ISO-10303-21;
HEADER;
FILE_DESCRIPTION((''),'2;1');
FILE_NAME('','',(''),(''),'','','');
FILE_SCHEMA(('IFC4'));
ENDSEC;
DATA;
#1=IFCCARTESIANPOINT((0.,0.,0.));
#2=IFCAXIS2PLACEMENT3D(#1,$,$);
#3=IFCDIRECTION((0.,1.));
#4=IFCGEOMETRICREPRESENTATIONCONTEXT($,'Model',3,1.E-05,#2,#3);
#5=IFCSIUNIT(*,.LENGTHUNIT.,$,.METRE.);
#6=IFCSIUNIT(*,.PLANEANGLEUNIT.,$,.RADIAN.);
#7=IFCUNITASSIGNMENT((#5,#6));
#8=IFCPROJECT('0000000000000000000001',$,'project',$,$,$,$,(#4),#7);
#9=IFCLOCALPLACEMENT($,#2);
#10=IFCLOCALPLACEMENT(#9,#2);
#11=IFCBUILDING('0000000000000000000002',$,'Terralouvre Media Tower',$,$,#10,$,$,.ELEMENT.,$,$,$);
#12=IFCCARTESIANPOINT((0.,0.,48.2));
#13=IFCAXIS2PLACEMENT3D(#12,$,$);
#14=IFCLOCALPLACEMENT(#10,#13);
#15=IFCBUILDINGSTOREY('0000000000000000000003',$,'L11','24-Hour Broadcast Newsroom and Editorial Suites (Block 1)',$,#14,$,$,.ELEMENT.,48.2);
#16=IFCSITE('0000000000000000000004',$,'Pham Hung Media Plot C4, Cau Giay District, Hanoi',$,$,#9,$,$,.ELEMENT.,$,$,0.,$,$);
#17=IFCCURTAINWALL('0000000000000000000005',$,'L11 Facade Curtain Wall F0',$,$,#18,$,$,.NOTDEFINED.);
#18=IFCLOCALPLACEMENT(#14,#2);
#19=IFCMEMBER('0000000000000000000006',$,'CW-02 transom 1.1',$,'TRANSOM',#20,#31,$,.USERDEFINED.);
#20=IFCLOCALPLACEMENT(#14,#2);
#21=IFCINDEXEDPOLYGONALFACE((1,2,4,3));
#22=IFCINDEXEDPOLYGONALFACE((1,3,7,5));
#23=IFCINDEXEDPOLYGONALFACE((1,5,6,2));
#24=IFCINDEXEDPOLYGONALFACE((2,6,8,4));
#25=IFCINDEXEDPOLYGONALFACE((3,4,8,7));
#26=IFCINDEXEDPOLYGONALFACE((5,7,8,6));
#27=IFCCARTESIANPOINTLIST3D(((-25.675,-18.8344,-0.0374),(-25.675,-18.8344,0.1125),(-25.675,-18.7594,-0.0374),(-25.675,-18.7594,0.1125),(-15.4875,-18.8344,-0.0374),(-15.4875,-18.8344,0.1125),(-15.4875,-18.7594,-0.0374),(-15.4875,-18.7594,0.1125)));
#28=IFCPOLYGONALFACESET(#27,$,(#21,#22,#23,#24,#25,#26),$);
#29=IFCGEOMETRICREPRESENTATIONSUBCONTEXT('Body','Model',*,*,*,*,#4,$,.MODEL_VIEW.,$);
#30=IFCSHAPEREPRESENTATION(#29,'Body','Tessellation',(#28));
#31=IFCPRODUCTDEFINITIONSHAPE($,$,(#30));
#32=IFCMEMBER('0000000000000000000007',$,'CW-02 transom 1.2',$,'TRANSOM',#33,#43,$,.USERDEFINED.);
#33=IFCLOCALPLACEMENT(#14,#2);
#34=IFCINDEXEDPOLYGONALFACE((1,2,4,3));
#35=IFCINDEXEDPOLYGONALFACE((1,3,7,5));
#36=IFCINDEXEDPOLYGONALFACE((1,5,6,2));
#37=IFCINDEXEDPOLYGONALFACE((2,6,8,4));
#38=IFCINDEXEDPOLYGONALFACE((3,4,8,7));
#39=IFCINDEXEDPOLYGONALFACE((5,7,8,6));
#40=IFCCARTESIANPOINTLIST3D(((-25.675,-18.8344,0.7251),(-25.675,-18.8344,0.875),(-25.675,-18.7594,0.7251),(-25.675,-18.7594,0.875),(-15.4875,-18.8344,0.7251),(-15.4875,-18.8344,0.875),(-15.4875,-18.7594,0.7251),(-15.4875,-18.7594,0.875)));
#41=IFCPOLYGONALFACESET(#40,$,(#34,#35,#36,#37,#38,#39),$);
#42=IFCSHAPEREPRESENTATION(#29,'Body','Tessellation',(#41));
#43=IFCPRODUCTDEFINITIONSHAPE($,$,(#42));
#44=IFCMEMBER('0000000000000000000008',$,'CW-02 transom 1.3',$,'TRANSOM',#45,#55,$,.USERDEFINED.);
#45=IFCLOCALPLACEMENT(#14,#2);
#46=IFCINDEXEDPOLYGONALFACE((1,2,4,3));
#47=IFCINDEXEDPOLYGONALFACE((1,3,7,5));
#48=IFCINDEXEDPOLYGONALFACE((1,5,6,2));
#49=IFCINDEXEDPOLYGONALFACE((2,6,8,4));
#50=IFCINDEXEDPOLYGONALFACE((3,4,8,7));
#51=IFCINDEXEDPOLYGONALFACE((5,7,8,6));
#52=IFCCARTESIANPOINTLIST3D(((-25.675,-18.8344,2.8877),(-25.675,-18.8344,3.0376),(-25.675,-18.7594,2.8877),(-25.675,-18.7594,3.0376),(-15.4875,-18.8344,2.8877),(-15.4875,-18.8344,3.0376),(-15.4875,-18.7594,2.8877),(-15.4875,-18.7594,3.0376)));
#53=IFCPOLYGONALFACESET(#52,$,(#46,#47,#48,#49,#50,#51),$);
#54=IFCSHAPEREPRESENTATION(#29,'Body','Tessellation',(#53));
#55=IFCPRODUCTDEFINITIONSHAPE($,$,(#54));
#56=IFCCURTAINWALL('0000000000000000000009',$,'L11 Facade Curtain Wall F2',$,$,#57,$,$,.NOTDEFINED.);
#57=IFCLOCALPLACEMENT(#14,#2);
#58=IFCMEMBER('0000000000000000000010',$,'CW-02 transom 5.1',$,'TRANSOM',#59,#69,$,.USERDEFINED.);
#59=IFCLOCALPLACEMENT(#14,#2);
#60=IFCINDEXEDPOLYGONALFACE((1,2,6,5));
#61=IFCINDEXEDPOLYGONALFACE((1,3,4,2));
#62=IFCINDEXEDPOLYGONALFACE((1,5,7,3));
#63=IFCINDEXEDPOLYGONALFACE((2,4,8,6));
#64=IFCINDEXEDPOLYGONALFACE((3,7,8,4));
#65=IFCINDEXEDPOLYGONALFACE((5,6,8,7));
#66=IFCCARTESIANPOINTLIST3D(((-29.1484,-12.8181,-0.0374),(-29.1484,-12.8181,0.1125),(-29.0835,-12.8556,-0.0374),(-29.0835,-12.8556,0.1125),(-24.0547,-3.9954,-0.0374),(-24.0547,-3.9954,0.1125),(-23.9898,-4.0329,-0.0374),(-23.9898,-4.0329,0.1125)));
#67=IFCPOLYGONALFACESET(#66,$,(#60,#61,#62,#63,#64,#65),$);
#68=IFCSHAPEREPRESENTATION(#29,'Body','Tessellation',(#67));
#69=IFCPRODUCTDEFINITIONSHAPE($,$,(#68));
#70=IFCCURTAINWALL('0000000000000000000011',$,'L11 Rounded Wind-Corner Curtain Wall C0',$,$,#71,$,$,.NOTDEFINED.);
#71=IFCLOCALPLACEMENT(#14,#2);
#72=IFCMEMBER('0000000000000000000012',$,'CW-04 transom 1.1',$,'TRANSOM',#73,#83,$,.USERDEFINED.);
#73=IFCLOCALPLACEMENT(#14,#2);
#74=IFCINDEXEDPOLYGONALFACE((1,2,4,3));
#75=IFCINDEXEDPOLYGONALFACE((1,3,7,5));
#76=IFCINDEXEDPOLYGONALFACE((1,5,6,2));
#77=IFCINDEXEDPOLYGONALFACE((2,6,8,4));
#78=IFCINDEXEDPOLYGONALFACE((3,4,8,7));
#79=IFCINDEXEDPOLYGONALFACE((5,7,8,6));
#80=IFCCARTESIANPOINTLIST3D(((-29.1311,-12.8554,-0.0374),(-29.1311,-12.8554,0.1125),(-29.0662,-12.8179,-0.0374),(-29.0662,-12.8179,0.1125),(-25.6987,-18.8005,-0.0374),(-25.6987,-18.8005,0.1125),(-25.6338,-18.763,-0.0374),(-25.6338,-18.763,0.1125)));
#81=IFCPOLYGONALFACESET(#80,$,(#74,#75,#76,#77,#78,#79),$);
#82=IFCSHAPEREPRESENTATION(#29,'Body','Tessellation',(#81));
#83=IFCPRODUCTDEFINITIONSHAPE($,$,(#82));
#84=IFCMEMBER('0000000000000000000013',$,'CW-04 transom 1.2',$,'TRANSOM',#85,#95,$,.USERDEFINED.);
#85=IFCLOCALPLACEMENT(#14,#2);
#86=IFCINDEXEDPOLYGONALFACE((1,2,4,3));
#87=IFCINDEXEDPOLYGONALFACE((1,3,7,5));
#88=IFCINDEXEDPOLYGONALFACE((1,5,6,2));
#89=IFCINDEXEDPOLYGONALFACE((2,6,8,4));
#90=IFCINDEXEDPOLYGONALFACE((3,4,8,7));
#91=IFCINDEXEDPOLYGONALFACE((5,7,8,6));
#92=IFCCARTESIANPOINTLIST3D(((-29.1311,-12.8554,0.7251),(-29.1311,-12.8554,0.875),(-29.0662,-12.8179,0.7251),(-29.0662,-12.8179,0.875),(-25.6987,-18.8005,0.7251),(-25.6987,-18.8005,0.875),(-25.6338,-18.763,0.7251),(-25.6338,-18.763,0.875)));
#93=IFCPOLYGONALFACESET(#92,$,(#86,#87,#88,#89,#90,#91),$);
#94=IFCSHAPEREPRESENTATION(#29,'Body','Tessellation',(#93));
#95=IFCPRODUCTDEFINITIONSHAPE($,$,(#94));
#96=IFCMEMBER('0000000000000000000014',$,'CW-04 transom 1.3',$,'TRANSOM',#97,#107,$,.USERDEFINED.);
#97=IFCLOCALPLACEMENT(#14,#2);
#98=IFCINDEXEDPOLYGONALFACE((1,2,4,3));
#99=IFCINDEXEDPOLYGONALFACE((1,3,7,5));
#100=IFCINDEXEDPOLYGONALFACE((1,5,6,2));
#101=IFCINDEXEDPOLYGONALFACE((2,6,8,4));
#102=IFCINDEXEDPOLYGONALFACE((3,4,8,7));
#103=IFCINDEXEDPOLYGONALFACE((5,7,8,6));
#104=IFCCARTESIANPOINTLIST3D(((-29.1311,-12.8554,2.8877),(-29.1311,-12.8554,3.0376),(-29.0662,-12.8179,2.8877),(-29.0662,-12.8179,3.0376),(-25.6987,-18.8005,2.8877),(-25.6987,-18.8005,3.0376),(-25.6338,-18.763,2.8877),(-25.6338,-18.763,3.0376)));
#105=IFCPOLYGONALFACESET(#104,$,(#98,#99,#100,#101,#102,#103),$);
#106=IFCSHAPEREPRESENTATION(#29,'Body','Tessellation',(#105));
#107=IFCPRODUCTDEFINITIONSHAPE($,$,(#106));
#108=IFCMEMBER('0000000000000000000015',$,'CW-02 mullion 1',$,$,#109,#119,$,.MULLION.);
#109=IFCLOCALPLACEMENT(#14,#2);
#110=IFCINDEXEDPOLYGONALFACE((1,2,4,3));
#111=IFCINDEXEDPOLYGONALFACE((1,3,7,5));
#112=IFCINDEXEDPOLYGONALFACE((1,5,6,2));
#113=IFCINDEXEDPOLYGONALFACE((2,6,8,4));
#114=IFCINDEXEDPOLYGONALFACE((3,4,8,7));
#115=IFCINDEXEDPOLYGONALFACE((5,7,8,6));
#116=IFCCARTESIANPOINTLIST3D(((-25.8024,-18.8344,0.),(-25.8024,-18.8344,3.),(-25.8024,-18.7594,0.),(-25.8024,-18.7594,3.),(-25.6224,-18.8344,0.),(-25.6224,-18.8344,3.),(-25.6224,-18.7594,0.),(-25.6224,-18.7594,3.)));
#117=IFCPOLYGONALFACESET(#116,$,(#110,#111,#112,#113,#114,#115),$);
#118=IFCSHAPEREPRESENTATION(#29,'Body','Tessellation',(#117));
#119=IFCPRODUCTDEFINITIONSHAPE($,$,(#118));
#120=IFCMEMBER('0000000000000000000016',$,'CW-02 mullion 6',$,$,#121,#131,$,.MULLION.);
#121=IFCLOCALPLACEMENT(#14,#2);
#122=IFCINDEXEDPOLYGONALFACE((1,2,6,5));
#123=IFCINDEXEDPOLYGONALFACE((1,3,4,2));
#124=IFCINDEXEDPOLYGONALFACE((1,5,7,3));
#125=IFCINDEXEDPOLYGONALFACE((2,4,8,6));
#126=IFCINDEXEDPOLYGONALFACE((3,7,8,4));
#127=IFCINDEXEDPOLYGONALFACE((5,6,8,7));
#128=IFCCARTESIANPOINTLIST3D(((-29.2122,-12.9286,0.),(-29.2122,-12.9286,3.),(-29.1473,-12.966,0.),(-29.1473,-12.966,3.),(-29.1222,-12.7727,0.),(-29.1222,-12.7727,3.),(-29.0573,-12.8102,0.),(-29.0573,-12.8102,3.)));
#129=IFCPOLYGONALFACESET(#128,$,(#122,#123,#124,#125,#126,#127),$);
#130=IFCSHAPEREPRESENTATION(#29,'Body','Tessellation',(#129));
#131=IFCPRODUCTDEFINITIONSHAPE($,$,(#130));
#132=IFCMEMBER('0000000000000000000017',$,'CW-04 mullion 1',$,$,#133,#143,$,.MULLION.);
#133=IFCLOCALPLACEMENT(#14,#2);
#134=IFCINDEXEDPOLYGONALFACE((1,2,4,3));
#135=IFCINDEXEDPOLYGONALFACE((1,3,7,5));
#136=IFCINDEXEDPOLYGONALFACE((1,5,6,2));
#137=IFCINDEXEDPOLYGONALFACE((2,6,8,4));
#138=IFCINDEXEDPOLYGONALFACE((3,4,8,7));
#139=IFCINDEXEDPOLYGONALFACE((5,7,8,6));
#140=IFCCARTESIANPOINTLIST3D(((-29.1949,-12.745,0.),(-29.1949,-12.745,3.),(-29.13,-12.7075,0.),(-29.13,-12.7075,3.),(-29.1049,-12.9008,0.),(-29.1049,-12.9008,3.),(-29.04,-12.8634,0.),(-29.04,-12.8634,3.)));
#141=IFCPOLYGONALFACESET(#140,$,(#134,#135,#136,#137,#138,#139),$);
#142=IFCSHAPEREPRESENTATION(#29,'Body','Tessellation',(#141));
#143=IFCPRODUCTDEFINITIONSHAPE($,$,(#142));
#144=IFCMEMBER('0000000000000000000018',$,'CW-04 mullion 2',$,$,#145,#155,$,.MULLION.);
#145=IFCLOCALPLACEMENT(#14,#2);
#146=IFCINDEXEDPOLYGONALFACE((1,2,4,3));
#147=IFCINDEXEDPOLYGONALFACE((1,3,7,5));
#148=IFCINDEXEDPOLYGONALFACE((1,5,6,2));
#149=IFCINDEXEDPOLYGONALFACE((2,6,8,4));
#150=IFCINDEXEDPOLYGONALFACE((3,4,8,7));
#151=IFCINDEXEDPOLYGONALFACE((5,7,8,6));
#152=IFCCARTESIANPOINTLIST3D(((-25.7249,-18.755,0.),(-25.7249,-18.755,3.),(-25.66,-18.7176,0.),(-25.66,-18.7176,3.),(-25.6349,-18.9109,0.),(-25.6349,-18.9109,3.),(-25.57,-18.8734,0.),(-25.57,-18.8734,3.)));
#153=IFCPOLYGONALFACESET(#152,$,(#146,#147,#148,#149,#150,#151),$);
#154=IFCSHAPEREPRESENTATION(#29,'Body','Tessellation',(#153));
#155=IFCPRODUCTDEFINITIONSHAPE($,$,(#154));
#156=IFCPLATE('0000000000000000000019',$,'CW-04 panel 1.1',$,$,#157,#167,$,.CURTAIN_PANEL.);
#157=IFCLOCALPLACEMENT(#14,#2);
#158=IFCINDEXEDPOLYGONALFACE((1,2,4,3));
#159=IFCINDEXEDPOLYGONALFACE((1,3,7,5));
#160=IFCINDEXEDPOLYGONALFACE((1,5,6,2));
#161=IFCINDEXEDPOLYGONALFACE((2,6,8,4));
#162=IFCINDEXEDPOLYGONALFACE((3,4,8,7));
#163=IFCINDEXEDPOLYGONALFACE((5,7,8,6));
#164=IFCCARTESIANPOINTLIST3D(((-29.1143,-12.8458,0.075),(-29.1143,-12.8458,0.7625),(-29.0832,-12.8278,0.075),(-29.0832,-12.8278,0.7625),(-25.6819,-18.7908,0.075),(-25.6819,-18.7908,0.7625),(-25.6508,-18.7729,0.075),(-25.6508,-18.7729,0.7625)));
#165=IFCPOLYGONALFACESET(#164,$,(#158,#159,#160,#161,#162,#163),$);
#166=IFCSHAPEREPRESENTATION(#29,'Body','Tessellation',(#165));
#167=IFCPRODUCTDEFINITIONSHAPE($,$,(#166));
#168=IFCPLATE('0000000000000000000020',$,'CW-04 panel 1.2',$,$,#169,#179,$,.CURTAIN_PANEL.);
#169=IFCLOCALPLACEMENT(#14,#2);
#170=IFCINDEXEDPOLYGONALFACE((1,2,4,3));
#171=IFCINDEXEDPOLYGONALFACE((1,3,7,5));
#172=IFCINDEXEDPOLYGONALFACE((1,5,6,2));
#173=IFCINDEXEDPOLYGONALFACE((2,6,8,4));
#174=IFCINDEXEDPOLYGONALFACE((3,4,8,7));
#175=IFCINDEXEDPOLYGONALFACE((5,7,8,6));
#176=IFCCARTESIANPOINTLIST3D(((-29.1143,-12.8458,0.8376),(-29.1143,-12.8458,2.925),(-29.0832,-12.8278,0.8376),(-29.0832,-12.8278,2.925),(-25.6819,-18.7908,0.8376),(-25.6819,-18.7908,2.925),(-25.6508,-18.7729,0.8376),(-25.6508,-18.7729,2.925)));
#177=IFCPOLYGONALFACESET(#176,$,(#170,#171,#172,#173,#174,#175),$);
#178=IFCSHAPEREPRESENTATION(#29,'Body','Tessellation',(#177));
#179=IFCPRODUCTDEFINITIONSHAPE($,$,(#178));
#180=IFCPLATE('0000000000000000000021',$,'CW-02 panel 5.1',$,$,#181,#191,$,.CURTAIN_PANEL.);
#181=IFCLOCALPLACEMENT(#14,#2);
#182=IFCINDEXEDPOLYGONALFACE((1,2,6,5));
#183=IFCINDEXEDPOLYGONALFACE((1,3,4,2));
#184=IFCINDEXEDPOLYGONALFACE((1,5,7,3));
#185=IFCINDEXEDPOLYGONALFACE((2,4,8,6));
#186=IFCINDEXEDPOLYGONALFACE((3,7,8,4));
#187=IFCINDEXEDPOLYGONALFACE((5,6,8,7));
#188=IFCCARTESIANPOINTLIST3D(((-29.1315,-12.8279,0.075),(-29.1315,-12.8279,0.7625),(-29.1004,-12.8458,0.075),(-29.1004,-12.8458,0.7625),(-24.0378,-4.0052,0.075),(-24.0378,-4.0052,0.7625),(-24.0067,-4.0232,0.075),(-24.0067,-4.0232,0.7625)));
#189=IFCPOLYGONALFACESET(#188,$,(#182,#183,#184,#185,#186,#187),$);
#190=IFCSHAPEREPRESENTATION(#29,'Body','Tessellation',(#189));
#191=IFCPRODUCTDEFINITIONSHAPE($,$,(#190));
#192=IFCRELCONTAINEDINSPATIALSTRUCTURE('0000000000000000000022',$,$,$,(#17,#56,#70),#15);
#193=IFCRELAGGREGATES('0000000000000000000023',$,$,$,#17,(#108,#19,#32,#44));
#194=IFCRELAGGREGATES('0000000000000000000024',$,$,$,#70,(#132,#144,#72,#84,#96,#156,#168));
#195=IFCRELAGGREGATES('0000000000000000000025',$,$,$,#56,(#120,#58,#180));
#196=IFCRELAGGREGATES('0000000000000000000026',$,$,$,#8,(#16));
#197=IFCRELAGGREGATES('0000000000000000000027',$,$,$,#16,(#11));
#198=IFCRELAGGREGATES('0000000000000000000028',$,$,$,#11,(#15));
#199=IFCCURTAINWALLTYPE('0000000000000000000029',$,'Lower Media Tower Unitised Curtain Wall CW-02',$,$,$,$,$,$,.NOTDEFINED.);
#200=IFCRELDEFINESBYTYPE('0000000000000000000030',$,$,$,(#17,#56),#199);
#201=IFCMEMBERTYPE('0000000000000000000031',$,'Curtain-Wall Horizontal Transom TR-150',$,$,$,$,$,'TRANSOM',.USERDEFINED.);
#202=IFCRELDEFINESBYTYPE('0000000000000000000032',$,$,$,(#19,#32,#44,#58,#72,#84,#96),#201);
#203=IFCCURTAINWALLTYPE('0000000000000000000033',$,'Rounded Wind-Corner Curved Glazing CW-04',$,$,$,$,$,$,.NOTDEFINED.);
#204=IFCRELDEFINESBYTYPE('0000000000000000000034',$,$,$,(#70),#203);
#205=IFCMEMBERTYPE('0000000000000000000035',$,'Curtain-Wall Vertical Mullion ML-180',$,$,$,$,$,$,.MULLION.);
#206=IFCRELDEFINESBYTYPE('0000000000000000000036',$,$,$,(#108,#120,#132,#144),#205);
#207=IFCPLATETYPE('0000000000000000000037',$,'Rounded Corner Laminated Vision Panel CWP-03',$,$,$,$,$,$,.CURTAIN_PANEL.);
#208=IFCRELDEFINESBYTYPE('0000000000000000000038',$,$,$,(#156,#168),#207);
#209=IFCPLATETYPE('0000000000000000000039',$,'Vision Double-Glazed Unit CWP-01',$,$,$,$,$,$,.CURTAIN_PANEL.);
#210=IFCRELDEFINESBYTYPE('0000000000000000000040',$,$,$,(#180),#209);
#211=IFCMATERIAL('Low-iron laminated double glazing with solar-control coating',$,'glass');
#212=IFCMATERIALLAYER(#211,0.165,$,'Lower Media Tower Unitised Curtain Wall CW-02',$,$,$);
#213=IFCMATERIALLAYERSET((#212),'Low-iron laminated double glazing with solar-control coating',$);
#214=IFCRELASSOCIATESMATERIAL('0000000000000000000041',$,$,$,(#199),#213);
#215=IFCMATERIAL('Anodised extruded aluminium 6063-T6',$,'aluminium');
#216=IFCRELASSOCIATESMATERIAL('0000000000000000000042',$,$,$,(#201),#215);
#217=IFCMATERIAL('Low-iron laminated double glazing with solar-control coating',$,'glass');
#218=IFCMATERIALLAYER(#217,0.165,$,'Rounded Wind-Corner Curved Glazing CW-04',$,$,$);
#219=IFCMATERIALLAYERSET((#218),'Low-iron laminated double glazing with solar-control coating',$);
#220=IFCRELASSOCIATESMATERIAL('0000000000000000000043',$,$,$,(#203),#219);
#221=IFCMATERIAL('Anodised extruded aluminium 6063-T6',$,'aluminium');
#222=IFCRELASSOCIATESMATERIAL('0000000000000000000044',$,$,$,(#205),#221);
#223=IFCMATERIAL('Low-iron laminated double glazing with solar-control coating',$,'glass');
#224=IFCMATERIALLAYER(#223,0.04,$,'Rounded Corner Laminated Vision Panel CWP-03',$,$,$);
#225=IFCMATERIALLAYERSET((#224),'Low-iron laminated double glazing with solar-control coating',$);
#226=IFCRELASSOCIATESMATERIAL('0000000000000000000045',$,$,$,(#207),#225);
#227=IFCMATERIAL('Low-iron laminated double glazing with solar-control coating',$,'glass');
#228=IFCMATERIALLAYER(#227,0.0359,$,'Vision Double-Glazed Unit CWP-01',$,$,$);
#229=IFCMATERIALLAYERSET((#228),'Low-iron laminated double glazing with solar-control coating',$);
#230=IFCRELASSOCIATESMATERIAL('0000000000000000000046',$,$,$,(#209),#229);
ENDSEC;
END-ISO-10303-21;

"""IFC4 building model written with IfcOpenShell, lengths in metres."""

from ifc_helpers import new_model, si_unit, direction, frame, origin, origin_2d, place, context, subcontext, project, spatial, rectangle, extrude, material, layer, layer_set, material_profile, profile_set, type_object, element, aggregate, save


model = new_model("IFC4")

# Units and contexts
model_context = context("Model", 3, precision=1e-05, world=origin(), true_north=direction((0.0, 1.0)))
body_context = subcontext(model_context, "Body", "Model", "MODEL_VIEW")
ifc_project = project(units=[si_unit("LENGTHUNIT", "METRE"), si_unit("PLANEANGLEUNIT", "RADIAN")], contexts=[model_context])

# Site, building, storey
site_placement = place(None, origin())
site = spatial("IfcSite", under=ifc_project, at=site_placement, Name="Pham Hung Media Plot C4, Cau Giay District, Hanoi", CompositionType="ELEMENT", RefElevation=0.0)
building_placement = place(site_placement, origin())
building = spatial("IfcBuilding", under=site, at=building_placement, Name="Terralouvre Media Tower", CompositionType="ELEMENT")
storey_placement = place(building_placement, frame((0.0, 0.0, 48.2)))
storey = spatial("IfcBuildingStorey", under=building, at=storey_placement, Name="L11", Description="24-Hour Broadcast Newsroom and Editorial Suites (Block 1)", CompositionType="ELEMENT", Elevation=48.2)

# Curtain wall, members
ifc_material_1 = material(Name="Low-iron laminated double glazing with solar-control coating", Category="glass")
ifc_layer_1 = layer(ifc_material_1, 0.165, Name="Lower Media Tower Unitised Curtain Wall CW-02")
ifc_layer_set_1 = layer_set([ifc_layer_1], Name="Low-iron laminated double glazing with solar-control coating")
curtain_wall_type_1 = type_object("IfcCurtainWallType", Name="Lower Media Tower Unitised Curtain Wall CW-02", PredefinedType="NOTDEFINED", material=ifc_layer_set_1)
curtain_wall_1_placement = place(storey_placement, origin())
curtain_wall_1 = element("IfcCurtainWall", 1, at=curtain_wall_1_placement, inside=storey, type_object=curtain_wall_type_1, Name="L11 Facade Curtain Wall F0", PredefinedType="NOTDEFINED")
ifc_material_2 = material(Name="Anodised extruded aluminium 6063-T6", Category="aluminium")
ifc_material_profile_1 = material_profile(ifc_material_2, rectangle(XDim=0.075, YDim=0.1499, at=origin_2d()), Name="ALU 75x150")
ifc_profile_set_1 = profile_set([ifc_material_profile_1], Name="Anodised extruded aluminium 6063-T6")
member_type_1 = type_object("IfcMemberType", Name="Curtain-Wall Horizontal Transom TR-150", ElementType="TRANSOM", PredefinedType="USERDEFINED", material=ifc_profile_set_1)
member_1_placement = place(storey_placement, frame((-25.675, -18.7969, 0.0376), z_axis=(1.0, 0.0, 0.0), x_axis=(0.0, 1.0, 0.0)))
member_1 = element("IfcMember", 2, at=member_1_placement, type_object=member_type_1, Name="CW-02 transom 1.1", ObjectType="TRANSOM", PredefinedType="USERDEFINED", context=body_context, shape_type="SweptSolid", body=[
    extrude(rectangle(XDim=0.075, YDim=0.1499, at=origin_2d()), origin(), (0.0, 0.0, 1.0), 10.1875),
])
member_2_placement = place(storey_placement, frame((-25.675, -18.7969, 0.8), z_axis=(1.0, 0.0, 0.0), x_axis=(0.0, 1.0, 0.0)))
member_2 = element("IfcMember", 3, at=member_2_placement, type_object=member_type_1, Name="CW-02 transom 1.2", ObjectType="TRANSOM", PredefinedType="USERDEFINED", context=body_context, shape_type="SweptSolid", body=[
    extrude(rectangle(XDim=0.075, YDim=0.1499, at=origin_2d()), origin(), (0.0, 0.0, 1.0), 10.1875),
])
member_3_placement = place(storey_placement, frame((-25.675, -18.7969, 2.9626), z_axis=(1.0, 0.0, 0.0), x_axis=(0.0, 1.0, 0.0)))
member_3 = element("IfcMember", 4, at=member_3_placement, type_object=member_type_1, Name="CW-02 transom 1.3", ObjectType="TRANSOM", PredefinedType="USERDEFINED", context=body_context, shape_type="SweptSolid", body=[
    extrude(rectangle(XDim=0.075, YDim=0.1499, at=origin_2d()), origin(), (0.0, 0.0, 1.0), 10.1875),
])

# Curtain wall, member
curtain_wall_2_placement = place(storey_placement, origin())
curtain_wall_2 = element("IfcCurtainWall", 5, at=curtain_wall_2_placement, inside=storey, type_object=curtain_wall_type_1, Name="L11 Facade Curtain Wall F2", PredefinedType="NOTDEFINED")
member_4_placement = place(storey_placement, frame((-24.0222, -4.0142, 0.0376), z_axis=(-0.499995, -0.866028, 0.0), x_axis=(0.866028, -0.499995, 0.0)))
member_4 = element("IfcMember", 6, at=member_4_placement, type_object=member_type_1, Name="CW-02 transom 5.1", ObjectType="TRANSOM", PredefinedType="USERDEFINED", context=body_context, shape_type="SweptSolid", body=[
    extrude(rectangle(XDim=0.075, YDim=0.1499, at=origin_2d()), origin(), (0.0, 0.0, 1.0), 10.1875),
])

# Curtain wall, members
ifc_material_3 = material(Name="Low-iron laminated double glazing with solar-control coating", Category="glass")
ifc_layer_2 = layer(ifc_material_3, 0.165, Name="Rounded Wind-Corner Curved Glazing CW-04")
ifc_layer_set_2 = layer_set([ifc_layer_2], Name="Low-iron laminated double glazing with solar-control coating")
curtain_wall_type_2 = type_object("IfcCurtainWallType", Name="Rounded Wind-Corner Curved Glazing CW-04", PredefinedType="NOTDEFINED", material=ifc_layer_set_2)
curtain_wall_3_placement = place(storey_placement, origin())
curtain_wall_3 = element("IfcCurtainWall", 7, at=curtain_wall_3_placement, inside=storey, type_object=curtain_wall_type_2, Name="L11 Rounded Wind-Corner Curtain Wall C0", PredefinedType="NOTDEFINED")
member_5_placement = place(storey_placement, frame((-29.0986, -12.8367, 0.0376), z_axis=(0.499998, -0.866026, 0.0), x_axis=(0.866026, 0.499998, 0.0)))
member_5 = element("IfcMember", 8, at=member_5_placement, type_object=member_type_1, Name="CW-04 transom 1.1", ObjectType="TRANSOM", PredefinedType="USERDEFINED", context=body_context, shape_type="SweptSolid", body=[
    extrude(rectangle(XDim=0.075, YDim=0.1499, at=origin_2d()), origin(), (0.0, 0.0, 1.0), 6.8647),
])
member_6_placement = place(storey_placement, frame((-29.0986, -12.8367, 0.8), z_axis=(0.499998, -0.866026, 0.0), x_axis=(0.866026, 0.499998, 0.0)))
member_6 = element("IfcMember", 9, at=member_6_placement, type_object=member_type_1, Name="CW-04 transom 1.2", ObjectType="TRANSOM", PredefinedType="USERDEFINED", context=body_context, shape_type="SweptSolid", body=[
    extrude(rectangle(XDim=0.075, YDim=0.1499, at=origin_2d()), origin(), (0.0, 0.0, 1.0), 6.8647),
])
member_7_placement = place(storey_placement, frame((-29.0986, -12.8367, 2.9626), z_axis=(0.499998, -0.866026, 0.0), x_axis=(0.866026, 0.499998, 0.0)))
member_7 = element("IfcMember", 10, at=member_7_placement, type_object=member_type_1, Name="CW-04 transom 1.3", ObjectType="TRANSOM", PredefinedType="USERDEFINED", context=body_context, shape_type="SweptSolid", body=[
    extrude(rectangle(XDim=0.075, YDim=0.1499, at=origin_2d()), origin(), (0.0, 0.0, 1.0), 6.8647),
])

# Members
ifc_material_4 = material(Name="Anodised extruded aluminium 6063-T6", Category="aluminium")
ifc_material_profile_2 = material_profile(ifc_material_4, rectangle(XDim=0.075, YDim=0.1799, at=origin_2d()), Name="ALU 75x180")
ifc_profile_set_2 = profile_set([ifc_material_profile_2], Name="Anodised extruded aluminium 6063-T6")
member_type_2 = type_object("IfcMemberType", Name="Curtain-Wall Vertical Mullion ML-180", PredefinedType="MULLION", material=ifc_profile_set_2)
member_8_placement = place(storey_placement, frame((-25.7124, -18.7969, 0.0), z_axis=(0.0, 0.0, 1.0), x_axis=(0.0, 1.0, 0.0)))
member_8 = element("IfcMember", 11, at=member_8_placement, type_object=member_type_2, Name="CW-02 mullion 1", PredefinedType="MULLION", context=body_context, shape_type="SweptSolid", body=[
    extrude(rectangle(XDim=0.075, YDim=0.1799, at=origin_2d()), origin(), (0.0, 0.0, 1.0), 3.0),
])
aggregate(curtain_wall_1, [member_8, member_1, member_2, member_3])
member_9_placement = place(storey_placement, frame((-29.1348, -12.8694, 0.0), z_axis=(0.0, 0.0, 1.0), x_axis=(0.866025, -0.5, 0.0)))
member_9 = element("IfcMember", 12, at=member_9_placement, type_object=member_type_2, Name="CW-02 mullion 6", PredefinedType="MULLION", context=body_context, shape_type="SweptSolid", body=[
    extrude(rectangle(XDim=0.075, YDim=0.1799, at=origin_2d()), origin(), (0.0, 0.0, 1.0), 3.0),
])
member_10_placement = place(storey_placement, frame((-29.1174, -12.8042, 0.0), z_axis=(0.0, 0.0, 1.0), x_axis=(0.866026, 0.5, 0.0)))
member_10 = element("IfcMember", 13, at=member_10_placement, type_object=member_type_2, Name="CW-04 mullion 1", PredefinedType="MULLION", context=body_context, shape_type="SweptSolid", body=[
    extrude(rectangle(XDim=0.075, YDim=0.1799, at=origin_2d()), origin(), (0.0, 0.0, 1.0), 3.0),
])
member_11_placement = place(storey_placement, frame((-25.6475, -18.8142, 0.0), z_axis=(0.0, 0.0, 1.0), x_axis=(0.866026, 0.5, 0.0)))
member_11 = element("IfcMember", 14, at=member_11_placement, type_object=member_type_2, Name="CW-04 mullion 2", PredefinedType="MULLION", context=body_context, shape_type="SweptSolid", body=[
    extrude(rectangle(XDim=0.075, YDim=0.1799, at=origin_2d()), origin(), (0.0, 0.0, 1.0), 3.0),
])

# Plates
ifc_material_5 = material(Name="Low-iron laminated double glazing with solar-control coating", Category="glass")
ifc_layer_3 = layer(ifc_material_5, 0.04, Name="Rounded Corner Laminated Vision Panel CWP-03")
ifc_layer_set_3 = layer_set([ifc_layer_3], Name="Low-iron laminated double glazing with solar-control coating")
plate_type_1 = type_object("IfcPlateType", Name="Rounded Corner Laminated Vision Panel CWP-03", PredefinedType="CURTAIN_PANEL", material=ifc_layer_set_3)
plate_1_placement = place(storey_placement, frame((-27.3826, -15.8093, 0.075), z_axis=(0.0, 0.0, 1.0), x_axis=(0.5, -0.866026, 0.0)))
plate_1 = element("IfcPlate", 15, at=plate_1_placement, type_object=plate_type_1, Name="CW-04 panel 1.1", PredefinedType="CURTAIN_PANEL", context=body_context, shape_type="SweptSolid", body=[
    extrude(rectangle(XDim=6.8647, YDim=0.0359, at=origin_2d()), origin(), (0.0, 0.0, 1.0), 0.6875),
])
plate_2_placement = place(storey_placement, frame((-27.3826, -15.8093, 0.8376), z_axis=(0.0, 0.0, 1.0), x_axis=(0.5, -0.866026, 0.0)))
plate_2 = element("IfcPlate", 16, at=plate_2_placement, type_object=plate_type_1, Name="CW-04 panel 1.2", PredefinedType="CURTAIN_PANEL", context=body_context, shape_type="SweptSolid", body=[
    extrude(rectangle(XDim=6.8647, YDim=0.0359, at=origin_2d()), origin(), (0.0, 0.0, 1.0), 2.0874),
])
aggregate(curtain_wall_3, [member_10, member_11, member_5, member_6, member_7, plate_1, plate_2])
ifc_material_6 = material(Name="Low-iron laminated double glazing with solar-control coating", Category="glass")
ifc_layer_4 = layer(ifc_material_6, 0.0359, Name="Vision Double-Glazed Unit CWP-01")
ifc_layer_set_4 = layer_set([ifc_layer_4], Name="Low-iron laminated double glazing with solar-control coating")
plate_type_2 = type_object("IfcPlateType", Name="Vision Double-Glazed Unit CWP-01", PredefinedType="CURTAIN_PANEL", material=ifc_layer_set_4)
plate_3_placement = place(storey_placement, frame((-26.5691, -8.4255, 0.075), z_axis=(0.0, 0.0, 1.0), x_axis=(-0.5, -0.866025, 0.0)))
plate_3 = element("IfcPlate", 17, at=plate_3_placement, type_object=plate_type_2, Name="CW-02 panel 5.1", PredefinedType="CURTAIN_PANEL", context=body_context, shape_type="SweptSolid", body=[
    extrude(rectangle(XDim=10.1875, YDim=0.0359, at=origin_2d()), origin(), (0.0, 0.0, 1.0), 0.6875),
])
aggregate(curtain_wall_2, [member_9, member_4, plate_3])

save(model, "model.ifc")
